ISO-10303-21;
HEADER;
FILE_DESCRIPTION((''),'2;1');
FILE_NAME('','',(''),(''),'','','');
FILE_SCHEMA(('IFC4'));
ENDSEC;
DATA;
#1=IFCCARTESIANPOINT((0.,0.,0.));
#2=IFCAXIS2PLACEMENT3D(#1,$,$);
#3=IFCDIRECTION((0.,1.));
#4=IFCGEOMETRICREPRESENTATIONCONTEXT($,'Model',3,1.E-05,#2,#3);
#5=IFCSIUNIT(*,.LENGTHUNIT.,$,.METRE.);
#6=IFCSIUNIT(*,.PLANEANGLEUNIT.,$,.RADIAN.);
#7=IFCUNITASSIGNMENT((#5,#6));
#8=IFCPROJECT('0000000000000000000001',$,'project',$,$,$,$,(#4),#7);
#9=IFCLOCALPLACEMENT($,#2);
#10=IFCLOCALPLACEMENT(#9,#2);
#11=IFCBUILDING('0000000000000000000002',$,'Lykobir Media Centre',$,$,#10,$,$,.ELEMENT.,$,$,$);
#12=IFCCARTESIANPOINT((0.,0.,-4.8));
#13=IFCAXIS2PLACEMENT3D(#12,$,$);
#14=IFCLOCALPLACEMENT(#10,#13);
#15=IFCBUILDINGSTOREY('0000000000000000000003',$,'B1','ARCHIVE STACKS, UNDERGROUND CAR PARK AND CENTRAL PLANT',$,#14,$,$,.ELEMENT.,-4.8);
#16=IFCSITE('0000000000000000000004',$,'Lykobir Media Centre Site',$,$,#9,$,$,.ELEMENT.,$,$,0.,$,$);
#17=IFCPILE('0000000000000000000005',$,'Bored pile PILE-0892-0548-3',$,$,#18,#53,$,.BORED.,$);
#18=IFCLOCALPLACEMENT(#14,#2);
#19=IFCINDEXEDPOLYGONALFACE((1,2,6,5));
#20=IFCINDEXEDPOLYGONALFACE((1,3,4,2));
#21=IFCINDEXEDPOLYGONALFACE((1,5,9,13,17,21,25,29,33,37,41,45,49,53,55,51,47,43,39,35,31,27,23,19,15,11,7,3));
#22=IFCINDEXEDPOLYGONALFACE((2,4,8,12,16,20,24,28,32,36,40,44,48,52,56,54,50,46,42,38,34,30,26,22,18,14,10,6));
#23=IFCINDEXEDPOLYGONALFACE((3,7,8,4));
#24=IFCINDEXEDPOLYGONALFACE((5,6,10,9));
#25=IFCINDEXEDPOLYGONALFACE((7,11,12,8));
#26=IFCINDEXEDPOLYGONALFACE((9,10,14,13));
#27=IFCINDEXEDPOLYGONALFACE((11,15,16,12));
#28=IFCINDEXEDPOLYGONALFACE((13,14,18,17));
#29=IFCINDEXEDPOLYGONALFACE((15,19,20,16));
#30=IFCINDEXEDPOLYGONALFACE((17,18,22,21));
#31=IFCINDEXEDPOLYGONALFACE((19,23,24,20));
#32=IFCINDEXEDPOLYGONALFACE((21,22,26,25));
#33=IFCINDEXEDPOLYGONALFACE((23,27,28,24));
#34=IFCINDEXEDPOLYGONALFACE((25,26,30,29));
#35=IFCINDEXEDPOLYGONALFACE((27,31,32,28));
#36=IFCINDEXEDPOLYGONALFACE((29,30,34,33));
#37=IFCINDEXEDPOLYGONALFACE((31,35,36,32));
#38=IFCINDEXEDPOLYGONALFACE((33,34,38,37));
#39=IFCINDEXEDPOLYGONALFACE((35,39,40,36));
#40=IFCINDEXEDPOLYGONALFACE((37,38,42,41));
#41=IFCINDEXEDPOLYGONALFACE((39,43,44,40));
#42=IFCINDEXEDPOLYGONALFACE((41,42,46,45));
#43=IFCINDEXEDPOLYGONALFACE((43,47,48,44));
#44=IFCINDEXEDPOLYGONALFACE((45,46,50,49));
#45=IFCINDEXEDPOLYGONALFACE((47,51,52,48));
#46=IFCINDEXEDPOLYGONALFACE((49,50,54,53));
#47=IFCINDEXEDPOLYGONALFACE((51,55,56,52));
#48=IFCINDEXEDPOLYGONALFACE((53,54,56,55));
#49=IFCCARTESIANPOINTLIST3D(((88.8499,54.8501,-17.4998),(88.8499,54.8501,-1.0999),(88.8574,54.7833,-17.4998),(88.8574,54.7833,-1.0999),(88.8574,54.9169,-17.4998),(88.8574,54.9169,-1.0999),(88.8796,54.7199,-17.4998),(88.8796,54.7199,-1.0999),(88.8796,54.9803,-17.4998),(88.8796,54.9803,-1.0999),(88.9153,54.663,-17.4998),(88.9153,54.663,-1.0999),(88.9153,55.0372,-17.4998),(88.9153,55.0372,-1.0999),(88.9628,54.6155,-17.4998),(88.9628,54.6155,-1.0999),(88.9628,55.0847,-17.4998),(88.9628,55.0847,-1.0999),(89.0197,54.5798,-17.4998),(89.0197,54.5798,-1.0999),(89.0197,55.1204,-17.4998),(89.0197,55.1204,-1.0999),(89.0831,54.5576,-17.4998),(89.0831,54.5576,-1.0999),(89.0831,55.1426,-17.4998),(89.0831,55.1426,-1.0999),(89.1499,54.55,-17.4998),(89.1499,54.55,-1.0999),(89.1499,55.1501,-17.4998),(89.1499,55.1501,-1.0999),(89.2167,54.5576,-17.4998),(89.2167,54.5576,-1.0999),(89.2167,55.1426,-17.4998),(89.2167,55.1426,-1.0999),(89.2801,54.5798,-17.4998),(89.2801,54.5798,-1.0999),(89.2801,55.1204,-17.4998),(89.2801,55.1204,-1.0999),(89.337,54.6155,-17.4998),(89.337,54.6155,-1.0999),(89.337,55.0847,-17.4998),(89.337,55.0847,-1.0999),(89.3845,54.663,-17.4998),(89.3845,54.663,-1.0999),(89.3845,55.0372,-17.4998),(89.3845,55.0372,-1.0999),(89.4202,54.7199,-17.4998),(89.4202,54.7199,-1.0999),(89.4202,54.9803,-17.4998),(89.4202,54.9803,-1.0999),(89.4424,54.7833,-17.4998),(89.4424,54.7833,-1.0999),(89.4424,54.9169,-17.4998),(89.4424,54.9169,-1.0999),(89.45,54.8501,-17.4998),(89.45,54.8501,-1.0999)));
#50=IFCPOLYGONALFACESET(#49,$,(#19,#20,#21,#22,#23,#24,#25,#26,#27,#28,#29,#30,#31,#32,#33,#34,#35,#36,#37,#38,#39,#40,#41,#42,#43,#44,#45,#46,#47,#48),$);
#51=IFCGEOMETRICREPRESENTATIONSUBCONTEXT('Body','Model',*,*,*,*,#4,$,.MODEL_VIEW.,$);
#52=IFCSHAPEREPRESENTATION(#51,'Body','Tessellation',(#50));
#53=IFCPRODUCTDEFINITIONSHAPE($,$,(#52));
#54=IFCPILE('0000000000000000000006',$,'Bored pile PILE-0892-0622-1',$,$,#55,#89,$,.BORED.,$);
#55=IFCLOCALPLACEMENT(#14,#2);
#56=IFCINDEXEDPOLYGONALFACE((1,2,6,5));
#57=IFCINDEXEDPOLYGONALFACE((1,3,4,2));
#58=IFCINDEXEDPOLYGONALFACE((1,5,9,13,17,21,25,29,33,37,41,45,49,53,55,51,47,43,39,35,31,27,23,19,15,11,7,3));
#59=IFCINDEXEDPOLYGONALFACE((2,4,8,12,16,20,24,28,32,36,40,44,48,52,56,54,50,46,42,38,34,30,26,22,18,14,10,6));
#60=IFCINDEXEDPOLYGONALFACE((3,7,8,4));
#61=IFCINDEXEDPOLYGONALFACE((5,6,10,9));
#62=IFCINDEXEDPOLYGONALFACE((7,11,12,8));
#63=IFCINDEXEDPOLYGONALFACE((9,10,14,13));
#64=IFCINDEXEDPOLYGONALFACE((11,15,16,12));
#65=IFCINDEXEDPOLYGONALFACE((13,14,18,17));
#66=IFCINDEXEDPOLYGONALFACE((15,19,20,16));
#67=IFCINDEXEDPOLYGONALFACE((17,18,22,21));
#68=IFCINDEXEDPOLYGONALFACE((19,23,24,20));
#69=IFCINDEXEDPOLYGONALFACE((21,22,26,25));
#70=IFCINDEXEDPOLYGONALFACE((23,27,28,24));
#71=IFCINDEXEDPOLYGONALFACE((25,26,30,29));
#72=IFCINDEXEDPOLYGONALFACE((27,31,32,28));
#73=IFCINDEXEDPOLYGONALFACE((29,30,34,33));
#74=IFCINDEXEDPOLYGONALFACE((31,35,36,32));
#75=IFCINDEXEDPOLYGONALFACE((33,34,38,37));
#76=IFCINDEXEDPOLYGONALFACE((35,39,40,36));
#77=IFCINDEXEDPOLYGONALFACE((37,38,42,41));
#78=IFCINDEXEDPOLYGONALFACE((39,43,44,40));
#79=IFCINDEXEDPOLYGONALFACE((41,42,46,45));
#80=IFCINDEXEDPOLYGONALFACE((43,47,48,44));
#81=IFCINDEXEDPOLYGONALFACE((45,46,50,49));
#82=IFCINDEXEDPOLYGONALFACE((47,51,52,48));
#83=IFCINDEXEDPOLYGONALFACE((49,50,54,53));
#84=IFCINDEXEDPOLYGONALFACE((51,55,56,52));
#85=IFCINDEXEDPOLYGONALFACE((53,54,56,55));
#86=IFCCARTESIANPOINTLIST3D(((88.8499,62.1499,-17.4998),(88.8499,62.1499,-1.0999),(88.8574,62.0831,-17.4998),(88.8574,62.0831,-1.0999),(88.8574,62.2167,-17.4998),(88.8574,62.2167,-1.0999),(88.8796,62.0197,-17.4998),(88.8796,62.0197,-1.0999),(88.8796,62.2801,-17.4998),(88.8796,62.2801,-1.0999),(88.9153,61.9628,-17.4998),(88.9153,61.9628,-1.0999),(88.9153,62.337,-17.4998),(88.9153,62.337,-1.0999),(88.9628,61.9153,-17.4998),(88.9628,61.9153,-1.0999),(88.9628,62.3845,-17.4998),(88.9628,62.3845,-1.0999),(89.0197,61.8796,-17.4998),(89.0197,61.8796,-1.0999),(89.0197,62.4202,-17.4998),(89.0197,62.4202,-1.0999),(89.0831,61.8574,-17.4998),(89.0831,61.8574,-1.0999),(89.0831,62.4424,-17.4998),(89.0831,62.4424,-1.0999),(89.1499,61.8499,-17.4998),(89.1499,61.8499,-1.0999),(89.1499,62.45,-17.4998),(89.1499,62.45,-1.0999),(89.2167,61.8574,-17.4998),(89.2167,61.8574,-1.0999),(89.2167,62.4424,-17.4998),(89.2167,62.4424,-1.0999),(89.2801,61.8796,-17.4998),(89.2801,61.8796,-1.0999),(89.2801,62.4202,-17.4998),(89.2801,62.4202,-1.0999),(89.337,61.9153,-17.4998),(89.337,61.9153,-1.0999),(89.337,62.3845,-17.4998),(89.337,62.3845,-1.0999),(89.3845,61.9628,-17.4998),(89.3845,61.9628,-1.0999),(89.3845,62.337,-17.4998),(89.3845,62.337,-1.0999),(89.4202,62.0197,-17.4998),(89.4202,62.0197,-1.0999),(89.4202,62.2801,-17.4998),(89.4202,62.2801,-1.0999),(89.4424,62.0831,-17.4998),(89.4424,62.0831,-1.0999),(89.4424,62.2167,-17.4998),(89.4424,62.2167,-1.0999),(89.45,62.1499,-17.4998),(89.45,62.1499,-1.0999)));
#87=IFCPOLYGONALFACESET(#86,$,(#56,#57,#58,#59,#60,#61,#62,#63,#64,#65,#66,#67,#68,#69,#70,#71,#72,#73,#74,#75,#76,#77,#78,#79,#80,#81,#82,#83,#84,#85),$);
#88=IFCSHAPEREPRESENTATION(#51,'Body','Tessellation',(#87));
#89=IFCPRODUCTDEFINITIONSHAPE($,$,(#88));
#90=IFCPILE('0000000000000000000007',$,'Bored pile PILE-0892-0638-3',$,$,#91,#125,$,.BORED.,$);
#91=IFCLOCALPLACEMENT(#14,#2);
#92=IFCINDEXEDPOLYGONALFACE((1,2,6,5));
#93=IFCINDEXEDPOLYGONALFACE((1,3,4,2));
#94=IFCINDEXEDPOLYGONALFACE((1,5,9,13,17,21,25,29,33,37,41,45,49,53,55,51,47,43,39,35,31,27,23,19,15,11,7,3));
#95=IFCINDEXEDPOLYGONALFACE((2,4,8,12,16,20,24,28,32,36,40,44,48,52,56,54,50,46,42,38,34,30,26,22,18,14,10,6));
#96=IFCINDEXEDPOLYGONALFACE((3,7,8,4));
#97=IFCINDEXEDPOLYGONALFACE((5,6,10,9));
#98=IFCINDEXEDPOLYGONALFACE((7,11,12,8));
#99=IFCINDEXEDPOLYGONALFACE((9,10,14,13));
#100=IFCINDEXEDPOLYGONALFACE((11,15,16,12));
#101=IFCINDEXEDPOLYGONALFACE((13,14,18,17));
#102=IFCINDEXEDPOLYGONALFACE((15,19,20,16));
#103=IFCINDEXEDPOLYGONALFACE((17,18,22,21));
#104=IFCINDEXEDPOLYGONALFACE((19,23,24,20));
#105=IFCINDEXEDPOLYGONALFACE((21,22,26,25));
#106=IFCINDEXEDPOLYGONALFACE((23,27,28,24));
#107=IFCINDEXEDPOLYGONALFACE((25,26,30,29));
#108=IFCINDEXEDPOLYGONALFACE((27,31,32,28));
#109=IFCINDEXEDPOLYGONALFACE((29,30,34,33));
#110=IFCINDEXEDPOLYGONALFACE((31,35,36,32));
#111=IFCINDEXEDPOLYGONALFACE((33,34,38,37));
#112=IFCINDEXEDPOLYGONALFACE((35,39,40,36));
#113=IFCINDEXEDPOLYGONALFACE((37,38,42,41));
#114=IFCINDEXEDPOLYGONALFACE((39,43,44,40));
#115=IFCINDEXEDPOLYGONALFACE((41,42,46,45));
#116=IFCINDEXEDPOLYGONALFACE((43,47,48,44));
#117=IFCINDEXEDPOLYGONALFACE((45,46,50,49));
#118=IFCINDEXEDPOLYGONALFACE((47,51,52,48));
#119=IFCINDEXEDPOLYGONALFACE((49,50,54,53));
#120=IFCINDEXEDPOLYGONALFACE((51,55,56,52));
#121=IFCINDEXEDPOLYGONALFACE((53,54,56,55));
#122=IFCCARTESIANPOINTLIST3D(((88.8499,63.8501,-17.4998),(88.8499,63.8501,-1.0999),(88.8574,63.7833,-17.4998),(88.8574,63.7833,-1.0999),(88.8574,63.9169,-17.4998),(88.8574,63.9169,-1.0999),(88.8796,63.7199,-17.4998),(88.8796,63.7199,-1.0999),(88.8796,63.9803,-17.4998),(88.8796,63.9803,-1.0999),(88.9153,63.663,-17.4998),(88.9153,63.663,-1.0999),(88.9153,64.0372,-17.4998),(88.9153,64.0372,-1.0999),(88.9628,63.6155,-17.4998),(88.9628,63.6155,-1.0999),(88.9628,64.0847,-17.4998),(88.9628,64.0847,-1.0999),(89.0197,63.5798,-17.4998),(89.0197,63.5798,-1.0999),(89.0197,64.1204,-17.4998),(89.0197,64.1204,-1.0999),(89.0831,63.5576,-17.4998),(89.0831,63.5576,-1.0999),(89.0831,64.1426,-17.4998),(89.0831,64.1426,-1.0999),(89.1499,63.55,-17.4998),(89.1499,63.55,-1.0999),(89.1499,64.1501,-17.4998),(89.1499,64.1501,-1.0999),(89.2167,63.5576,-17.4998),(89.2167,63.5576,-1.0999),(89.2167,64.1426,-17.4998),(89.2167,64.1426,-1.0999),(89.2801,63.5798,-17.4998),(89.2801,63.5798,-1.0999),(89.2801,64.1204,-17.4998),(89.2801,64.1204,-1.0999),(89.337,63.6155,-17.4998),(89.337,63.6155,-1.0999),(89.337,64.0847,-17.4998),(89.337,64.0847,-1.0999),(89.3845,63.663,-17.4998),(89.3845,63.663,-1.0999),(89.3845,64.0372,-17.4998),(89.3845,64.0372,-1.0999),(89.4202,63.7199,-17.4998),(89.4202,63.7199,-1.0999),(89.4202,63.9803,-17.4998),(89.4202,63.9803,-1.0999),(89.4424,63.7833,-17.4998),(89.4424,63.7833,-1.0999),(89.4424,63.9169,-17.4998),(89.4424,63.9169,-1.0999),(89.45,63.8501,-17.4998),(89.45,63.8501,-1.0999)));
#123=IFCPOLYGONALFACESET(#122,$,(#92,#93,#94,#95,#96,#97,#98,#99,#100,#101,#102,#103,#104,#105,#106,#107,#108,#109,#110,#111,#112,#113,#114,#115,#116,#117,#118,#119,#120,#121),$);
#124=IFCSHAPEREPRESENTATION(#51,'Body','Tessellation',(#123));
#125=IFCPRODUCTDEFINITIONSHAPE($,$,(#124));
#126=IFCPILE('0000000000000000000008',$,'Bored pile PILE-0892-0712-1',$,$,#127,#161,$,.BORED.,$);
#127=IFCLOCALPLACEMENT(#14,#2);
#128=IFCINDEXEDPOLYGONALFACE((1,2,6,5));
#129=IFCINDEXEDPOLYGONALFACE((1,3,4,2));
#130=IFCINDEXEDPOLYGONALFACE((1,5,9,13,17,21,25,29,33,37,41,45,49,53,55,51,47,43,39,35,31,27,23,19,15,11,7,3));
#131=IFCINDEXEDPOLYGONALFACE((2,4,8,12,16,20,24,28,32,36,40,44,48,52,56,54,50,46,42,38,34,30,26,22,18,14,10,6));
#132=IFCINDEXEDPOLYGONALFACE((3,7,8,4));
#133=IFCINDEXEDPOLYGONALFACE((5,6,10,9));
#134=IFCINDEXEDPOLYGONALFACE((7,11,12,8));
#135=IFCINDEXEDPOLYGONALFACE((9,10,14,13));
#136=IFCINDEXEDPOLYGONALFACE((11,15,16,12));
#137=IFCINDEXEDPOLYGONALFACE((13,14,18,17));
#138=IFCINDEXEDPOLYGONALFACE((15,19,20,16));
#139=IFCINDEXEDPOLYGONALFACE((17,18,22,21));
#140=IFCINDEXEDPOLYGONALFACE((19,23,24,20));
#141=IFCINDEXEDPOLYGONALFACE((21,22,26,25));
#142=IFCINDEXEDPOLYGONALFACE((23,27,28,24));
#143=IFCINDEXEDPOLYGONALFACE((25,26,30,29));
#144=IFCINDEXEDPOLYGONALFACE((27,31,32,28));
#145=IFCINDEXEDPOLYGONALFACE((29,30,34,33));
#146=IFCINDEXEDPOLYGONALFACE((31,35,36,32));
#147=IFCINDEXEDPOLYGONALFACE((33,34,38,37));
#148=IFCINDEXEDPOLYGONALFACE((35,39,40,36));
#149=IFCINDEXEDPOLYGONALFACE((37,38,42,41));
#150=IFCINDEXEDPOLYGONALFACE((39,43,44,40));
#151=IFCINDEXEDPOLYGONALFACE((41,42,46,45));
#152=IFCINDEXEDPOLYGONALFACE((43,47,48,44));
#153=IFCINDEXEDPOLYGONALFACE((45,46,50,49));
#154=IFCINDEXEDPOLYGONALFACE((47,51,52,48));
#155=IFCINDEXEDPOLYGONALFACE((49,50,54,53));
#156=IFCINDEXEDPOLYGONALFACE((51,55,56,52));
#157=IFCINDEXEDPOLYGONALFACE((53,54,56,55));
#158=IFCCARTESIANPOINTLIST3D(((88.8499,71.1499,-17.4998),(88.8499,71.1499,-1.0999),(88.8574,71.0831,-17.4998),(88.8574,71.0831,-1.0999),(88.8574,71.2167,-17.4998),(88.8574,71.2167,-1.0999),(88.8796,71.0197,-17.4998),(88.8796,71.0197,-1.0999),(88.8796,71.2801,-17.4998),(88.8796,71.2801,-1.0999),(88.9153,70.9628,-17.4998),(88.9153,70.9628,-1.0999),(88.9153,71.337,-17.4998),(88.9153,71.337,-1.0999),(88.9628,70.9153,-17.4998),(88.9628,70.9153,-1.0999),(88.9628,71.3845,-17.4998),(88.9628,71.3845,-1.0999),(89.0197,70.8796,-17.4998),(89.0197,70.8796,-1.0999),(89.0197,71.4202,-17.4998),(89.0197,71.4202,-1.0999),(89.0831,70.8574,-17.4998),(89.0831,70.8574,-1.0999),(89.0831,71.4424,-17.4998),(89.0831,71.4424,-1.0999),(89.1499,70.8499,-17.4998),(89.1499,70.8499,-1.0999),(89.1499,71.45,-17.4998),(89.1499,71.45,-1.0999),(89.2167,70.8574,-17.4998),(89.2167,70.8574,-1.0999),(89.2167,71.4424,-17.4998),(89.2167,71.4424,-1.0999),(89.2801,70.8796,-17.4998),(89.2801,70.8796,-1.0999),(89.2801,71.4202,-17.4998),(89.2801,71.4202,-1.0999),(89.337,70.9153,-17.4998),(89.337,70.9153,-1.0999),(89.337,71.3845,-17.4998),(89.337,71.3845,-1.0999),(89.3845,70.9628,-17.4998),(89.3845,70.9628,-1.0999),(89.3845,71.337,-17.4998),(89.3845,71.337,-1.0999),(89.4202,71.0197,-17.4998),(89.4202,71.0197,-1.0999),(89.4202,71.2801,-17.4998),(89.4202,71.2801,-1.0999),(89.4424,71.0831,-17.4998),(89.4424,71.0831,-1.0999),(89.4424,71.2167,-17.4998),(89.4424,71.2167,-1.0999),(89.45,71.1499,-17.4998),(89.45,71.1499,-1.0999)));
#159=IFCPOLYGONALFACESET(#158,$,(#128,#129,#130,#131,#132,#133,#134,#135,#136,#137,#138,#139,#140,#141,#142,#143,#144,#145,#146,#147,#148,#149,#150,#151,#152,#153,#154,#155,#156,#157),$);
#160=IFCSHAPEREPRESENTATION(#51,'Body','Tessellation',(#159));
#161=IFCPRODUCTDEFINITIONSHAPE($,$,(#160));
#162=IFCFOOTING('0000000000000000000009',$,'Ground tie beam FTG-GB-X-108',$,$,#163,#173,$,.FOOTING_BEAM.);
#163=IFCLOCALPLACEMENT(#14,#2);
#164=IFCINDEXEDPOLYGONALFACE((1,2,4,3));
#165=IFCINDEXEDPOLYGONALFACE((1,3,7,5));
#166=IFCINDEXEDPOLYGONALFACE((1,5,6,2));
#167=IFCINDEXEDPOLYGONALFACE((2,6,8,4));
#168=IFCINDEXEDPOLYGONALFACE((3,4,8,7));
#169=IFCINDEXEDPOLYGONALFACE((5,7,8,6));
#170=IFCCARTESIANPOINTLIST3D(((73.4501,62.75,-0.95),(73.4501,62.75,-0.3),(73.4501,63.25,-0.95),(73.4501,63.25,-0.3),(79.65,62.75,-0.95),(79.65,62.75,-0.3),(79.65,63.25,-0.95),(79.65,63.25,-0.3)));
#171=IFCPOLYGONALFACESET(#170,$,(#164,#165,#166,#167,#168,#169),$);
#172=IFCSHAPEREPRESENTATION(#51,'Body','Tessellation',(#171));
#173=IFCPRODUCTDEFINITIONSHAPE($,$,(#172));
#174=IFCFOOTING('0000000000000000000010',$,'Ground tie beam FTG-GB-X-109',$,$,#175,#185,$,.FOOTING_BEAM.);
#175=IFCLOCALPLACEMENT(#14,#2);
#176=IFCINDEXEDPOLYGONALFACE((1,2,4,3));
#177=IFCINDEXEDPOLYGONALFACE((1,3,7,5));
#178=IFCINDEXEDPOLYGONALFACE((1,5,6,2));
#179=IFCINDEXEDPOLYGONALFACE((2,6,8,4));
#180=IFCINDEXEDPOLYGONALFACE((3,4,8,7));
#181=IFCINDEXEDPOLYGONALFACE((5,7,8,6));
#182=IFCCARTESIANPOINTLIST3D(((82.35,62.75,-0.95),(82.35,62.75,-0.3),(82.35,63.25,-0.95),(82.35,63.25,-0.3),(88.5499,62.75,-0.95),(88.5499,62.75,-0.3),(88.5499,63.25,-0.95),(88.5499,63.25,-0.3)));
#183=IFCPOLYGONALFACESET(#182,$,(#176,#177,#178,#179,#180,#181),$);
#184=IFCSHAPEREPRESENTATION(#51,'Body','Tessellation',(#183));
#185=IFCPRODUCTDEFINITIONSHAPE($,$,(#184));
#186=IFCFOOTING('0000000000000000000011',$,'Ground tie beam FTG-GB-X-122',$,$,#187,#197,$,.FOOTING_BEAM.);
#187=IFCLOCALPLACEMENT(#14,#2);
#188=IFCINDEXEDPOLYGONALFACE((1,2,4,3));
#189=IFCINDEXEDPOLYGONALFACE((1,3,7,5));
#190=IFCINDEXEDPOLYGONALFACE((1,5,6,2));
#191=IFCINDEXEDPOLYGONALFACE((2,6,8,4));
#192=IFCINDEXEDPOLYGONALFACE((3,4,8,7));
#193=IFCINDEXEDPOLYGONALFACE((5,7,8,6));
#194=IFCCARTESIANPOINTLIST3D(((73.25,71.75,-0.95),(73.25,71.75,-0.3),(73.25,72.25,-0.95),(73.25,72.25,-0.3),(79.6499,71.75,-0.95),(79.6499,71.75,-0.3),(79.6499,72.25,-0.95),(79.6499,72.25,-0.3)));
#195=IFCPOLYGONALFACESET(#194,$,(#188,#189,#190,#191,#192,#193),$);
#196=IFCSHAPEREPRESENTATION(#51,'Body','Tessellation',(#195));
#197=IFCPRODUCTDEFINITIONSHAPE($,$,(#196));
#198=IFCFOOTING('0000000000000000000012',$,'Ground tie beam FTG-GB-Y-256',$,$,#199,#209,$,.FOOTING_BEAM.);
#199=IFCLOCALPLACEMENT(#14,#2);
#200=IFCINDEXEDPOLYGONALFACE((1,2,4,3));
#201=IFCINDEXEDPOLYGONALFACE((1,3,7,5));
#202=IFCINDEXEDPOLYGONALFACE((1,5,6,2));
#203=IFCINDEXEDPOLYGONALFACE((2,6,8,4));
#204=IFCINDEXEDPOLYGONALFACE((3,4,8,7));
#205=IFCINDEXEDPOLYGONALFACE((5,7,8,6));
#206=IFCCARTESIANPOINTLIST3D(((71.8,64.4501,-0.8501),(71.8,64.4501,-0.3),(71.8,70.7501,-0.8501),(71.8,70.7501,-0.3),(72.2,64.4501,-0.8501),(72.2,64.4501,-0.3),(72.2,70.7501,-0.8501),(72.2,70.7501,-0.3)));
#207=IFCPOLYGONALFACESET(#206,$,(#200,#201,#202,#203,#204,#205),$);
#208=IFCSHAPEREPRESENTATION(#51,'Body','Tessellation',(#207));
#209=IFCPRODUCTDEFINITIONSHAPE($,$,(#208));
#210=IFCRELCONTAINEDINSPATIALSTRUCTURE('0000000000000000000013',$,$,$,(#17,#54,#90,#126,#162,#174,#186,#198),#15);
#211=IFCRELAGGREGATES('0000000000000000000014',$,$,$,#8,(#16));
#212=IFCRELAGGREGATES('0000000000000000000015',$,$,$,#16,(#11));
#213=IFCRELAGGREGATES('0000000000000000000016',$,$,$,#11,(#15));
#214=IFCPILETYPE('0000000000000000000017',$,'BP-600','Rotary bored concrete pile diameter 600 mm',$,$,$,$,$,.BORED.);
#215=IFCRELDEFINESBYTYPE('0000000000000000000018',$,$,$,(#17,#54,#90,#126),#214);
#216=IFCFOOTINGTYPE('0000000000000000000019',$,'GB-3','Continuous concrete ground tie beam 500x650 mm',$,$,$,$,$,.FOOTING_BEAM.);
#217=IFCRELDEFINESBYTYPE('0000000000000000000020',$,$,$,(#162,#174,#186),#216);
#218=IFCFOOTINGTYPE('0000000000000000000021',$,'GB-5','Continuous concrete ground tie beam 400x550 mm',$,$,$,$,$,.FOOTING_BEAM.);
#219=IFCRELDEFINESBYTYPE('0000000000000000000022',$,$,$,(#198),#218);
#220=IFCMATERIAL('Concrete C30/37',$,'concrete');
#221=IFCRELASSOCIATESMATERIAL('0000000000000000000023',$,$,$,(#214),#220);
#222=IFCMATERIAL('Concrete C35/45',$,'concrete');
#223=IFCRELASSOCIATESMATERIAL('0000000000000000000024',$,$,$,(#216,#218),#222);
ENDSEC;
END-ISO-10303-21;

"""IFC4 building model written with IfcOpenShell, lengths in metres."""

from ifc_helpers import new_model, si_unit, direction, frame, origin, origin_2d, place, context, subcontext, project, spatial, rectangle, circle, extrude, material, material_profile, profile_set, type_object, element, save


model = new_model("IFC4")

# Units and contexts
model_context = context("Model", 3, precision=1e-05, world=origin(), true_north=direction((0.0, 1.0)))
body_context = subcontext(model_context, "Body", "Model", "MODEL_VIEW")
ifc_project = project(units=[si_unit("LENGTHUNIT", "METRE"), si_unit("PLANEANGLEUNIT", "RADIAN")], contexts=[model_context])

# Site, building, storey
site_placement = place(None, origin())
site = spatial("IfcSite", under=ifc_project, at=site_placement, Name="Lykobir Media Centre Site", CompositionType="ELEMENT", RefElevation=0.0)
building_placement = place(site_placement, origin())
building = spatial("IfcBuilding", under=site, at=building_placement, Name="Lykobir Media Centre", CompositionType="ELEMENT")
storey_placement = place(building_placement, frame((0.0, 0.0, -4.8)))
storey = spatial("IfcBuildingStorey", under=building, at=storey_placement, Name="B1", Description="ARCHIVE STACKS, UNDERGROUND CAR PARK AND CENTRAL PLANT", CompositionType="ELEMENT", Elevation=-4.8)

# Piles
ifc_material_1 = material(Name="Concrete C30/37", Category="concrete")
ifc_material_profile_1 = material_profile(ifc_material_1, circle(Radius=0.3, at=origin_2d()), Name="BORED PILE D600")
ifc_profile_set_1 = profile_set([ifc_material_profile_1], Name="Concrete C30/37")
pile_type = type_object("IfcPileType", Name="BP-600", Description="Rotary bored concrete pile diameter 600 mm", PredefinedType="BORED", material=ifc_profile_set_1)
for number, where, z_axis, x_axis, name in (
    (1, (89.1499, 54.8501, -1.0999), (0.0, 0.0, -1.0), (1.0, 0.0, 0.0), "Bored pile PILE-0892-0548-3"),
    (2, (89.1499, 62.1499, -1.0999), (0.0, 0.0, -1.0), (1.0, 0.0, 0.0), "Bored pile PILE-0892-0622-1"),
    (3, (89.1499, 63.8501, -1.0999), (0.0, 0.0, -1.0), (1.0, 0.0, 0.0), "Bored pile PILE-0892-0638-3"),
    (4, (89.1499, 71.1499, -1.0999), (0.0, 0.0, -1.0), (1.0, 0.0, 0.0), "Bored pile PILE-0892-0712-1"),
):
    element("IfcPile", number, at=place(storey_placement, frame(where, z_axis=z_axis, x_axis=x_axis)), inside=storey, type_object=pile_type, Name=name, PredefinedType="BORED", context=body_context, shape_type="SweptSolid", body=[
        extrude(circle(Radius=0.3, at=origin_2d()), origin(), (0.0, 0.0, 1.0), 16.3999),
    ])

# Footings
ifc_material_2 = material(Name="Concrete C35/45", Category="concrete")
footing_type_1 = type_object("IfcFootingType", Name="GB-3", Description="Continuous concrete ground tie beam 500x650 mm", PredefinedType="FOOTING_BEAM", material=ifc_material_2)
for number, where, z_axis, x_axis, name in (
    (5, (76.55, 63.0, -0.95), (0.0, 0.0, 1.0), (1.0, 0.0, 0.0), "Ground tie beam FTG-GB-X-108"),
    (6, (85.45, 63.0, -0.95), (0.0, 0.0, 1.0), (1.0, 0.0, 0.0), "Ground tie beam FTG-GB-X-109"),
):
    element("IfcFooting", number, at=place(storey_placement, frame(where, z_axis=z_axis, x_axis=x_axis)), inside=storey, type_object=footing_type_1, Name=name, PredefinedType="FOOTING_BEAM", context=body_context, shape_type="SweptSolid", body=[
        extrude(rectangle(XDim=6.2, YDim=0.5, at=origin_2d()), origin(), (0.0, 0.0, 1.0), 0.6499),
    ])
footing_1_placement = place(storey_placement, frame((76.45, 72.0, -0.95), z_axis=(0.0, 0.0, 1.0), x_axis=(1.0, 0.0, 0.0)))
element("IfcFooting", 7, at=footing_1_placement, inside=storey, type_object=footing_type_1, Name="Ground tie beam FTG-GB-X-122", PredefinedType="FOOTING_BEAM", context=body_context, shape_type="SweptSolid", body=[
    extrude(rectangle(XDim=6.3999, YDim=0.5, at=origin_2d()), origin(), (0.0, 0.0, 1.0), 0.6499),
])
footing_type_2 = type_object("IfcFootingType", Name="GB-5", Description="Continuous concrete ground tie beam 400x550 mm", PredefinedType="FOOTING_BEAM", material=ifc_material_2)
for number, where, z_axis, x_axis, name in (
    (8, (72.0, 67.6001, -0.8501), (0.0, 0.0, 1.0), (0.0, 1.0, 0.0), "Ground tie beam FTG-GB-Y-256"),
):
    element("IfcFooting", number, at=place(storey_placement, frame(where, z_axis=z_axis, x_axis=x_axis)), inside=storey, type_object=footing_type_2, Name=name, PredefinedType="FOOTING_BEAM", context=body_context, shape_type="SweptSolid", body=[
        extrude(rectangle(XDim=6.3, YDim=0.3999, at=origin_2d()), origin(), (0.0, 0.0, 1.0), 0.55),
    ])

save(model, "model.ifc")
